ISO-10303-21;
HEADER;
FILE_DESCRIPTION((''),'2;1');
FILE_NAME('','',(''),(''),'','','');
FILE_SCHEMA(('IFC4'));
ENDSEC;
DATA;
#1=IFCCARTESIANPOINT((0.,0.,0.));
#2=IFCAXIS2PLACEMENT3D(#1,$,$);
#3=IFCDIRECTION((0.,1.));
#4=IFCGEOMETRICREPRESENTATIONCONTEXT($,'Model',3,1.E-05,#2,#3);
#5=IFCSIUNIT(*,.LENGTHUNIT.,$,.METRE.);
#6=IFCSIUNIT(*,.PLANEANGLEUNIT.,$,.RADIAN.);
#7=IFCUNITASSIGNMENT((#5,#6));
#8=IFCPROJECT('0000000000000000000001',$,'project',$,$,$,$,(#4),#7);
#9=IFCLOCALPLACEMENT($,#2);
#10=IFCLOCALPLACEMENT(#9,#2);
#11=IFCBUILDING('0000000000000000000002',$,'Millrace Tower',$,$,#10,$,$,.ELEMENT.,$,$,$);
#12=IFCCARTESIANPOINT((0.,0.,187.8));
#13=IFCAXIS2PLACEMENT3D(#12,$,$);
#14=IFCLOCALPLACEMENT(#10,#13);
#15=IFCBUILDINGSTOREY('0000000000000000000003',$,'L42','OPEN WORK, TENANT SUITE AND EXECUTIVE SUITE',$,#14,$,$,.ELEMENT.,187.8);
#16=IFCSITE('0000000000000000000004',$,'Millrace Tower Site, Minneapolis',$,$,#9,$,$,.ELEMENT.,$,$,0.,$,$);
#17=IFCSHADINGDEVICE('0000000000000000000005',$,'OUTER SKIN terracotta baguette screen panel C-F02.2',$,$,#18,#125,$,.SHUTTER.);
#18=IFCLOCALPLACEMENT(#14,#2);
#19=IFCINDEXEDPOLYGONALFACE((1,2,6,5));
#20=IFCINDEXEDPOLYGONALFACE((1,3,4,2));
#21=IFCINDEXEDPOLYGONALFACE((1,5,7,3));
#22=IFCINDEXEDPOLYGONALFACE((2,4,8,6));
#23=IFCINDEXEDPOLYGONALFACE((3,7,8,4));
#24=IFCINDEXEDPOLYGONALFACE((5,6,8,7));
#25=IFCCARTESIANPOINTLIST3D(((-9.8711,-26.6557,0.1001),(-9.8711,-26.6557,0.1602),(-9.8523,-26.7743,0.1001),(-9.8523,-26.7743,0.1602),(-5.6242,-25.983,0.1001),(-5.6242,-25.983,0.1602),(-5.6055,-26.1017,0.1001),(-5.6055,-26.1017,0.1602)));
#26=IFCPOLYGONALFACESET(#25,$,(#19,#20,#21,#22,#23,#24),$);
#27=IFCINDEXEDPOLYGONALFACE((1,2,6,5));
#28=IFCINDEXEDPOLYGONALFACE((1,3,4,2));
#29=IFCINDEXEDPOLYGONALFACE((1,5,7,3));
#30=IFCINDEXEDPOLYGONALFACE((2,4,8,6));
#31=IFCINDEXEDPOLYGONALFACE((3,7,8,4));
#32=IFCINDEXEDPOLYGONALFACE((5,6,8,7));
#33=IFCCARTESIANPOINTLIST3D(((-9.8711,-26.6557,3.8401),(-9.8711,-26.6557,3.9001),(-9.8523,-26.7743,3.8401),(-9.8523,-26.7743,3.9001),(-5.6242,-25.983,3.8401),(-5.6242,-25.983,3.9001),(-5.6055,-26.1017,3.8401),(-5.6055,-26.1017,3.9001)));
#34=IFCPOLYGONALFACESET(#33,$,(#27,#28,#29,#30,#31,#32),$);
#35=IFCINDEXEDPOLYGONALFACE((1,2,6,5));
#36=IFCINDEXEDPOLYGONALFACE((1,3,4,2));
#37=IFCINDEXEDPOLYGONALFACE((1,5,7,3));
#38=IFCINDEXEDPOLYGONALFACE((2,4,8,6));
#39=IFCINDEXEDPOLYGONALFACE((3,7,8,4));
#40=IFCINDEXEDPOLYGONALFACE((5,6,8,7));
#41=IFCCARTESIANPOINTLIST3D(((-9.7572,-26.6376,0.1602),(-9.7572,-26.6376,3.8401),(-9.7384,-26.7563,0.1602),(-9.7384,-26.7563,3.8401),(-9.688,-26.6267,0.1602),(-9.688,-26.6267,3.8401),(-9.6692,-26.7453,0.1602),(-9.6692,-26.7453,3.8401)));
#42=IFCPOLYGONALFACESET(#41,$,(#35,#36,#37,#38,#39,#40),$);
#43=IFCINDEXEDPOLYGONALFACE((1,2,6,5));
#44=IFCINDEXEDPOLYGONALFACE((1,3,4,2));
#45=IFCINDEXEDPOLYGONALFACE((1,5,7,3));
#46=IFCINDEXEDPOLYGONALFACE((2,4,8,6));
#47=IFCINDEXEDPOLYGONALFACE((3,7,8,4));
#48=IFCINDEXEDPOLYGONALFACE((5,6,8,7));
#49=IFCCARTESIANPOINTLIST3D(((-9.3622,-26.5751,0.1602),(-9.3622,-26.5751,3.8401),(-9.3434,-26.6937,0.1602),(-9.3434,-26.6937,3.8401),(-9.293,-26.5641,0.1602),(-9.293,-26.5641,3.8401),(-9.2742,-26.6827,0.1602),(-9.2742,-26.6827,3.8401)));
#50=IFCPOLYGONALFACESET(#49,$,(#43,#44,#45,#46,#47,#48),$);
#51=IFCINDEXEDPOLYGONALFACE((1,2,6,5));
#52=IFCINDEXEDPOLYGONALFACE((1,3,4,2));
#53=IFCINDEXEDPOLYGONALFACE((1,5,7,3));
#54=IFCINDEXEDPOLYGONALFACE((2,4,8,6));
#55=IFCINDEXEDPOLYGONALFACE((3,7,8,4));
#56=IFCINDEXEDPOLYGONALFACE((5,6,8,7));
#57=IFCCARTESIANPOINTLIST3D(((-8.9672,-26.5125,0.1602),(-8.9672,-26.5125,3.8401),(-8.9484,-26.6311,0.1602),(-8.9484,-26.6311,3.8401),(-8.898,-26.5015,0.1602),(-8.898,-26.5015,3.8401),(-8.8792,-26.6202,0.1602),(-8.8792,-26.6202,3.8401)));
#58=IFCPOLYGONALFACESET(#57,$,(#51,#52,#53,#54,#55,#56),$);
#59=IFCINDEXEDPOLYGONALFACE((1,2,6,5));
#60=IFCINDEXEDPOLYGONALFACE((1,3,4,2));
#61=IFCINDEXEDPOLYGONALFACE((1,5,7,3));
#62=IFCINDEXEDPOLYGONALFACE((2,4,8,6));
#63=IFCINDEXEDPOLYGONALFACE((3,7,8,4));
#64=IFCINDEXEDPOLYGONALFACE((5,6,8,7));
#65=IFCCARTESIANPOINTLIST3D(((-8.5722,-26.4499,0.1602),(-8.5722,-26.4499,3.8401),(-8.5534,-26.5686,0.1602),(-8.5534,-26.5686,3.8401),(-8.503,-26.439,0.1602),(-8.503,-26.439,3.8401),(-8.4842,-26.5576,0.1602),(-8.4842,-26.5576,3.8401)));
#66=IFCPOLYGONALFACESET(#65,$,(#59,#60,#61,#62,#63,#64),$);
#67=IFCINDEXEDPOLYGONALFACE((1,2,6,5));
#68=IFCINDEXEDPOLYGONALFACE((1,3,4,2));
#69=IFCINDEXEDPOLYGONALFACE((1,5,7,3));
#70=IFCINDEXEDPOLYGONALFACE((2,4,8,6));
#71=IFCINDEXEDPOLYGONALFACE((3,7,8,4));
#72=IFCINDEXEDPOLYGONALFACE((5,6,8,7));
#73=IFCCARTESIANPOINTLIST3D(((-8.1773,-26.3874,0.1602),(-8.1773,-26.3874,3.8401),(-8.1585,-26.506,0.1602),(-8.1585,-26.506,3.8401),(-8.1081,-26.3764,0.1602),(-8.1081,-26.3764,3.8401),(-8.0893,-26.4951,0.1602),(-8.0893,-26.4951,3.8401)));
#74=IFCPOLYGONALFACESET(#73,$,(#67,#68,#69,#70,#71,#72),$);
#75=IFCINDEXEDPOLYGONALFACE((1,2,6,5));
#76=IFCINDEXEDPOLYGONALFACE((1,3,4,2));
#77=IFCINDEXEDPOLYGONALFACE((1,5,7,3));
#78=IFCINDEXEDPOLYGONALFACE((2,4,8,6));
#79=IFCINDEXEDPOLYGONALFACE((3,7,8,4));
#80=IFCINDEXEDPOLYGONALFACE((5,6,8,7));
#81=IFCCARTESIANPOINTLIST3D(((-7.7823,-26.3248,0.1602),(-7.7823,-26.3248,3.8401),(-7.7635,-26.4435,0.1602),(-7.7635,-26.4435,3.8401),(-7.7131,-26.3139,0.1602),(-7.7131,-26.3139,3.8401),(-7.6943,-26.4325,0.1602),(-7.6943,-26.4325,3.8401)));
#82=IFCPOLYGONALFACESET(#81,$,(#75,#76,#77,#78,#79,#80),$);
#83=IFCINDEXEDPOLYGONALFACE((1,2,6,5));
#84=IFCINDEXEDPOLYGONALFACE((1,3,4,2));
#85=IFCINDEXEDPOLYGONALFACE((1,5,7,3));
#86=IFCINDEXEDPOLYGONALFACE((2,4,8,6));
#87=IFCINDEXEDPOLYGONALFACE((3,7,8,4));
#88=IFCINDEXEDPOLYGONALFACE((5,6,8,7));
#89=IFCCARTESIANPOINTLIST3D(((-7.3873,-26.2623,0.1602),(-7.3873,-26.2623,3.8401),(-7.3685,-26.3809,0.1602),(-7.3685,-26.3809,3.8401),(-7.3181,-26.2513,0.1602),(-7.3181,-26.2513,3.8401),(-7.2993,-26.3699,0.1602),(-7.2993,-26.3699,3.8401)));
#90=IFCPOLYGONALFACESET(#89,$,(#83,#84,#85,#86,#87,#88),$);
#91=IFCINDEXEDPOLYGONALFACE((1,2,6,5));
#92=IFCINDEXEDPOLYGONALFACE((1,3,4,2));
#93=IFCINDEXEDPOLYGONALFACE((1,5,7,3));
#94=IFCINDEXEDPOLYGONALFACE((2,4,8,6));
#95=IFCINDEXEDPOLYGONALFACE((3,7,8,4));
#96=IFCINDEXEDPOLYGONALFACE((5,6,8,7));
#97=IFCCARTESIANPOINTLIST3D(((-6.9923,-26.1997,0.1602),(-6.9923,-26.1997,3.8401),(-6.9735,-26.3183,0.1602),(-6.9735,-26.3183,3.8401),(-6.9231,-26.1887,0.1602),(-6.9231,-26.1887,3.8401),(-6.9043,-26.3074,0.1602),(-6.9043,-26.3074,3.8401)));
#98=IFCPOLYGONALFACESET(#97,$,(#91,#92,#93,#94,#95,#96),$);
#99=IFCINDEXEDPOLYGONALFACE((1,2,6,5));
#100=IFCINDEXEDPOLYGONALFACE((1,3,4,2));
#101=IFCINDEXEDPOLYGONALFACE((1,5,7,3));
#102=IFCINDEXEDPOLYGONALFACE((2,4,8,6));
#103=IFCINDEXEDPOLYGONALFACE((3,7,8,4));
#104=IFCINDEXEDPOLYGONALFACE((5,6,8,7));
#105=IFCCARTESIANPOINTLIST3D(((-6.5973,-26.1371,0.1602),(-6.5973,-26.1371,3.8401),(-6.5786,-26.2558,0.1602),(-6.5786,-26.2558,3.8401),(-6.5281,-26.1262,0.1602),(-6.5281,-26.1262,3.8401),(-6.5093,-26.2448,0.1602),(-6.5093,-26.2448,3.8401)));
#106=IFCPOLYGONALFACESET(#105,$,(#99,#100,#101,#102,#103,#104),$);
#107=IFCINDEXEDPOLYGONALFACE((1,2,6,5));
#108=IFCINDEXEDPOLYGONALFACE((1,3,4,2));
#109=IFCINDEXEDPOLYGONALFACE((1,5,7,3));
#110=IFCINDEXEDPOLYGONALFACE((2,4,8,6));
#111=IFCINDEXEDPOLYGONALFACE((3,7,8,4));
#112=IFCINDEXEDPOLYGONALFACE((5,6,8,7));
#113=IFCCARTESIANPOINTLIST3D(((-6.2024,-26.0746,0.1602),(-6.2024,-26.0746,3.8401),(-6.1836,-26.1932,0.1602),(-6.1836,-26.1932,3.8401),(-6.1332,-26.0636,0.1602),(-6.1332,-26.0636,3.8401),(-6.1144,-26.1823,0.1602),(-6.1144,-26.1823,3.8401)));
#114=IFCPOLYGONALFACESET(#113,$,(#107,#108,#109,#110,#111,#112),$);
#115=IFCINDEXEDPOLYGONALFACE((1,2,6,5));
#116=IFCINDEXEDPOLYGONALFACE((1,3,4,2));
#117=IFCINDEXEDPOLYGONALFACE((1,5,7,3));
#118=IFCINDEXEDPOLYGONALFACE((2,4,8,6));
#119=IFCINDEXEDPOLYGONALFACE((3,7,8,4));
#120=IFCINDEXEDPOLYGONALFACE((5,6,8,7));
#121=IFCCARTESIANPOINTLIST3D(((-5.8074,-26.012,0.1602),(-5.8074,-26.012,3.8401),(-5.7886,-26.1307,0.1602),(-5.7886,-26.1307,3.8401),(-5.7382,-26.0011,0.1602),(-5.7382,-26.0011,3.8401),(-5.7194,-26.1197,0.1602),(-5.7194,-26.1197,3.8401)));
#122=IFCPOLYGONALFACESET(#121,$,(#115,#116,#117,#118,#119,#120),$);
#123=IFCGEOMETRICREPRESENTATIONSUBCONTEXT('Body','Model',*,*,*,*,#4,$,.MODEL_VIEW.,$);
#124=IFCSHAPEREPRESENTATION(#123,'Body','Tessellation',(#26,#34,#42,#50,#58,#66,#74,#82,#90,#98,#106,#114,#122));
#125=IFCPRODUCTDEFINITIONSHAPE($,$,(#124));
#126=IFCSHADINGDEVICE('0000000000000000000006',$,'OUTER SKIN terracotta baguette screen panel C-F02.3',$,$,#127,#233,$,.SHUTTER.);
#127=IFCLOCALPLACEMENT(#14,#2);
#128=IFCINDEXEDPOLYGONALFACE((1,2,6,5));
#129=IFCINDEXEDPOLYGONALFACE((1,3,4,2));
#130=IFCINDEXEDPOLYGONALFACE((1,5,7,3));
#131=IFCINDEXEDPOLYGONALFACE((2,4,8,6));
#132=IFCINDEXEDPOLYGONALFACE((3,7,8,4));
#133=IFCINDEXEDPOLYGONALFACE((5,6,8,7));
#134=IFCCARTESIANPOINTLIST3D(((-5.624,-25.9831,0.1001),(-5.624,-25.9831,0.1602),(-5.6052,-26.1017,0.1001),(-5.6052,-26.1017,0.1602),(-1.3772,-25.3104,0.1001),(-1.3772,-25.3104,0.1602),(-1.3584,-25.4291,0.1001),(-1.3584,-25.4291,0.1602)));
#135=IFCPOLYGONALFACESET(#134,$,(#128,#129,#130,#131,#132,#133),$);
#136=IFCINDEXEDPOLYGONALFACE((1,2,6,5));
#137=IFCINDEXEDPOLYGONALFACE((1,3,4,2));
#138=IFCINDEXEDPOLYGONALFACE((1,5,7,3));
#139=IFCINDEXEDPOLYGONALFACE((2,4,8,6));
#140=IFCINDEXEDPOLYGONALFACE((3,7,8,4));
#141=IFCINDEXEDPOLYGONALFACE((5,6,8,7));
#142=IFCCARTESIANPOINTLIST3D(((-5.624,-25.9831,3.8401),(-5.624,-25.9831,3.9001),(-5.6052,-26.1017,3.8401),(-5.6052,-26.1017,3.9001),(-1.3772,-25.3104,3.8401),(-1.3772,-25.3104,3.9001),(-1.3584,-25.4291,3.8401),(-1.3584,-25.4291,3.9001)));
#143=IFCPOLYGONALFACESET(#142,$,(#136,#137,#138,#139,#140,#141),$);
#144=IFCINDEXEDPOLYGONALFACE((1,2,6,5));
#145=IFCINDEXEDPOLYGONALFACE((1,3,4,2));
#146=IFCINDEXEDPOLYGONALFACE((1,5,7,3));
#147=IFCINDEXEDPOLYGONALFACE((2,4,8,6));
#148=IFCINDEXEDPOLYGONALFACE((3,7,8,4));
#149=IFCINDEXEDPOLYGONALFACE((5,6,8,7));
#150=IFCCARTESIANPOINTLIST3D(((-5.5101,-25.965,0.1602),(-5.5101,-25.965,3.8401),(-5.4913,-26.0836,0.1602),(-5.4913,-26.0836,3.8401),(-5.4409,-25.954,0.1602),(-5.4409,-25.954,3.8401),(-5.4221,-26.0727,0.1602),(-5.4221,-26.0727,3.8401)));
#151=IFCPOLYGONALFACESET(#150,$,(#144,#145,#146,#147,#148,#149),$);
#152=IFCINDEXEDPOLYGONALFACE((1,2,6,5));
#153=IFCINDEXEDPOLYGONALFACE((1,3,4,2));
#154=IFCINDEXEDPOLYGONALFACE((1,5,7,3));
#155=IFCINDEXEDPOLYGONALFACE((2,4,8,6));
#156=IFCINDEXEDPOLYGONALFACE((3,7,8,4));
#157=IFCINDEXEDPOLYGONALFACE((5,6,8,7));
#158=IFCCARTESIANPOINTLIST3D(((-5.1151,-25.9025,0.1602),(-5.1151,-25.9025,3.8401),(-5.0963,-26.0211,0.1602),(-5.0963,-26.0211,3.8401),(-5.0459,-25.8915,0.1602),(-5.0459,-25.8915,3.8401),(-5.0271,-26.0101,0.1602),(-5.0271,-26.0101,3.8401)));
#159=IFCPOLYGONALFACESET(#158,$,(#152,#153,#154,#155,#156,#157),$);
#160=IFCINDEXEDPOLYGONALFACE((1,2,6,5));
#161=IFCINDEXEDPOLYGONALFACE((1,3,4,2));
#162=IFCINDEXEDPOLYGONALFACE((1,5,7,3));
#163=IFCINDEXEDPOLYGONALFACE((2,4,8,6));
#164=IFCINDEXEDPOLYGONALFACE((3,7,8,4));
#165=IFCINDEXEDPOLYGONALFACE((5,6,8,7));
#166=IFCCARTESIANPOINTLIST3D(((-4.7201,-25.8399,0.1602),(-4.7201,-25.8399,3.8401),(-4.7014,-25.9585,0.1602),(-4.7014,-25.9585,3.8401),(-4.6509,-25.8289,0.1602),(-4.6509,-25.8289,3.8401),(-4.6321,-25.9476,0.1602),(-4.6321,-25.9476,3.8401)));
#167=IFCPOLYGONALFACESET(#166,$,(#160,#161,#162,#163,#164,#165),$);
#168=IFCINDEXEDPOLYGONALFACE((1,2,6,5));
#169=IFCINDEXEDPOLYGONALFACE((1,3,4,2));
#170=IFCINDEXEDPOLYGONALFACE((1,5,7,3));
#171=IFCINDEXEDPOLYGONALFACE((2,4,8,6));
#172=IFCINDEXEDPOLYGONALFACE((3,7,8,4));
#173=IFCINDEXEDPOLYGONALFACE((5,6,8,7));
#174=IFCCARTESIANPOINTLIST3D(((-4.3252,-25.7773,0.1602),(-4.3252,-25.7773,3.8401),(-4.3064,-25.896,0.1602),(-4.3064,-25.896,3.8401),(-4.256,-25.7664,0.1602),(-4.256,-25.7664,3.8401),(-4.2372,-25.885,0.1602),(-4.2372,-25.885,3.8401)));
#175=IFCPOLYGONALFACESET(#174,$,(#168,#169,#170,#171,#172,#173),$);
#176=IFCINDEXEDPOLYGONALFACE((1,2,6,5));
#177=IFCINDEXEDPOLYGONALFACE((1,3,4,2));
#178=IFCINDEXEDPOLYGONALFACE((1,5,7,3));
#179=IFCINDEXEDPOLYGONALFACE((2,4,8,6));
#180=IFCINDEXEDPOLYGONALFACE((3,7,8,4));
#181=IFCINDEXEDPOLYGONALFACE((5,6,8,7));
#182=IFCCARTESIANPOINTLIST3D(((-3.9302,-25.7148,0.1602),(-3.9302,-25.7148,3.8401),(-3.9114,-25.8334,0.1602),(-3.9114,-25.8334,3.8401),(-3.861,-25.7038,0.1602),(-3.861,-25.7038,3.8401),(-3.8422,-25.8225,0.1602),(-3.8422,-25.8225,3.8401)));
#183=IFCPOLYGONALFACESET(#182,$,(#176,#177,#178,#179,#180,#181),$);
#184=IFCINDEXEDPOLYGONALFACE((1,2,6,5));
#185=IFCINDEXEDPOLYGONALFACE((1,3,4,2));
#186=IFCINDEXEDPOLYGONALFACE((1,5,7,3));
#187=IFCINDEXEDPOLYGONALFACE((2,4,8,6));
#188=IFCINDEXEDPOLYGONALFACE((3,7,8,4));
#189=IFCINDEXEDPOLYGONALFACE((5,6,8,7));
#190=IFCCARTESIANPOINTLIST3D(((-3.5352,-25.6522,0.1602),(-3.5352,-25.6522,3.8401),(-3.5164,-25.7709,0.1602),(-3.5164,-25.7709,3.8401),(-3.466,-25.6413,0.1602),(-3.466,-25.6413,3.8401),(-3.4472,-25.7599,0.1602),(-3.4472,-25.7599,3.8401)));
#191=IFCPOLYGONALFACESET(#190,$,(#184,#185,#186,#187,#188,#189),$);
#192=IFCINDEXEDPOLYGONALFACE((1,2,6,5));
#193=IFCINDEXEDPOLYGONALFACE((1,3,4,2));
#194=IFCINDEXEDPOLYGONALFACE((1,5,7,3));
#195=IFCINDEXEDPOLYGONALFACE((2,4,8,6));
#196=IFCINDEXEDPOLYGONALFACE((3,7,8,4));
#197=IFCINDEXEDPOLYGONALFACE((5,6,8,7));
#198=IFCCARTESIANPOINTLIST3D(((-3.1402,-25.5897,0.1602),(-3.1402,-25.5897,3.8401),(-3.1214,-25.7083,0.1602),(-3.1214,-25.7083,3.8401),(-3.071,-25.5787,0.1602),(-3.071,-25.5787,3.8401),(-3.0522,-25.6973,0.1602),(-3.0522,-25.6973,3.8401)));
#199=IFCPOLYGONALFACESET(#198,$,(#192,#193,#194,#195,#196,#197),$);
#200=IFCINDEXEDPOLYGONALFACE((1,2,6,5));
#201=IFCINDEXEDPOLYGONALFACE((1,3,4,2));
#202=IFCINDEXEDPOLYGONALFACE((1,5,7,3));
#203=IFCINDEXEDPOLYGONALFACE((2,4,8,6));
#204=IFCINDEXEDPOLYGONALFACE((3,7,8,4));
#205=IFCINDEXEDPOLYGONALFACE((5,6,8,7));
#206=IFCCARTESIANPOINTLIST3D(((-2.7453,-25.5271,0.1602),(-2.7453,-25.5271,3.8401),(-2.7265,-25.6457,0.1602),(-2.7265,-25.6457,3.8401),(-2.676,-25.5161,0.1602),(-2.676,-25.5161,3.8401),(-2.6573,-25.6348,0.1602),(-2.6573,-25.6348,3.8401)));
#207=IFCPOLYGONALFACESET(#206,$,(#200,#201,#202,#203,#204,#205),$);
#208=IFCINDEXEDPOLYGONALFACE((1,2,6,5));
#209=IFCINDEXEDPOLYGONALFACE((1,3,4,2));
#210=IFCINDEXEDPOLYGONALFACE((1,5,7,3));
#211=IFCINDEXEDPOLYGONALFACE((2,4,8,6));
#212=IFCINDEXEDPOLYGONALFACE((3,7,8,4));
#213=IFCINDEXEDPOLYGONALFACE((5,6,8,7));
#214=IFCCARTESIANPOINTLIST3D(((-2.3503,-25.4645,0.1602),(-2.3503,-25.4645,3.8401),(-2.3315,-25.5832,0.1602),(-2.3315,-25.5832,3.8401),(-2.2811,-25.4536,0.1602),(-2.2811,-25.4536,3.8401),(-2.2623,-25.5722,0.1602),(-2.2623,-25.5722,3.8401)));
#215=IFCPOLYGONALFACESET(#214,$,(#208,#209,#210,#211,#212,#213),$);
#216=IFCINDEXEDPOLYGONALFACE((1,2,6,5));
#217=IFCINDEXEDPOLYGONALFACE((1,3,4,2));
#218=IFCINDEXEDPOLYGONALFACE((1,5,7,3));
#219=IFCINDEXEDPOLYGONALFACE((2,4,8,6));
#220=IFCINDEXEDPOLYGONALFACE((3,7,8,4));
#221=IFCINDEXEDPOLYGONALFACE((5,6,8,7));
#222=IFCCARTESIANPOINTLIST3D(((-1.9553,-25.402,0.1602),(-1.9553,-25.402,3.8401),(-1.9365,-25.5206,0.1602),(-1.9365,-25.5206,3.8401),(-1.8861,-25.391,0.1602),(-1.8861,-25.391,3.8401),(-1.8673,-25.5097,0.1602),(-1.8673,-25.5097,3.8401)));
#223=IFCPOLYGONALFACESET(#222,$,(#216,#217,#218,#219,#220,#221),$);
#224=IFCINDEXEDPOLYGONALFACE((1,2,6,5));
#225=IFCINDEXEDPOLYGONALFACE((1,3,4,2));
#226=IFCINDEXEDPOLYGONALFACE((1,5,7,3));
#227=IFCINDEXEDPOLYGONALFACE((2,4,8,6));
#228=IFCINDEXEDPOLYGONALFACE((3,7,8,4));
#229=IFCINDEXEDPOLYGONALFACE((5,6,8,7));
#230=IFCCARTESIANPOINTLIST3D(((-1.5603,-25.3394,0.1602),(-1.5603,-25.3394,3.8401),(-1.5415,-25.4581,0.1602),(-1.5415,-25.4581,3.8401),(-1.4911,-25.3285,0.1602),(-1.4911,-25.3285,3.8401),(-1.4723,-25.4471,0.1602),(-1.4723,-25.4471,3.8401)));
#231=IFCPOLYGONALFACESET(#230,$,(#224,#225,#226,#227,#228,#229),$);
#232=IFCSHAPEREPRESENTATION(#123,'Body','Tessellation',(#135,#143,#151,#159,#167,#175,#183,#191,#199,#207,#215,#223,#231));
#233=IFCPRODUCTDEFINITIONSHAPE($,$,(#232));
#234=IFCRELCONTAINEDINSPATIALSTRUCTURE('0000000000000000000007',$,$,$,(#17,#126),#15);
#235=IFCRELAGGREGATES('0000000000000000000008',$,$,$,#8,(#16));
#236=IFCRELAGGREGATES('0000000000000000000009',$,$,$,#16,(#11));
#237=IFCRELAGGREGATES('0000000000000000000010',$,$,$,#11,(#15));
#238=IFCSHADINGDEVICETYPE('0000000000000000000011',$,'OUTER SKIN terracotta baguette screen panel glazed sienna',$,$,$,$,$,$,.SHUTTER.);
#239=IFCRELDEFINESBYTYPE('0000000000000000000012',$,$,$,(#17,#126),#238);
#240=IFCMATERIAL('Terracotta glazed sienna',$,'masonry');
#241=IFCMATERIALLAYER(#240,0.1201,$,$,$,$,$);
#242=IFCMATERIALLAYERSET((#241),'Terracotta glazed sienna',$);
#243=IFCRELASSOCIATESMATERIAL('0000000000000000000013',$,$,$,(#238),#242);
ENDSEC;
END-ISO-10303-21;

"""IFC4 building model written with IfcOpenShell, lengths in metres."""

from ifc_helpers import new_model, entity, si_unit, direction, frame, frame_2d, origin, origin_2d, place, context, subcontext, project, spatial, rectangle, extrude, source, transform, mapped, material, layer, layer_set, type_object, element, save


model = new_model("IFC4")

# Units and contexts
model_context = context("Model", 3, precision=1e-05, world=origin(), true_north=direction((0.0, 1.0)))
body_context = subcontext(model_context, "Body", "Model", "MODEL_VIEW")
ifc_project = project(units=[si_unit("LENGTHUNIT", "METRE"), si_unit("PLANEANGLEUNIT", "RADIAN")], contexts=[model_context])

# Site, building, storey
site_placement = place(None, origin())
site = spatial("IfcSite", under=ifc_project, at=site_placement, Name="Millrace Tower Site, Minneapolis", CompositionType="ELEMENT", RefElevation=0.0)
building_placement = place(site_placement, origin())
building = spatial("IfcBuilding", under=site, at=building_placement, Name="Millrace Tower", CompositionType="ELEMENT")
storey_placement = place(building_placement, frame((0.0, 0.0, 187.8)))
storey = spatial("IfcBuildingStorey", under=building, at=storey_placement, Name="L42", Description="OPEN WORK, TENANT SUITE AND EXECUTIVE SUITE", CompositionType="ELEMENT", Elevation=187.8)

# Shading devices
ifc_material_1 = material(Name="Terracotta glazed sienna", Category="masonry")
ifc_layer_1 = layer(ifc_material_1, 0.1201)
ifc_layer_set_1 = layer_set([ifc_layer_1], Name="Terracotta glazed sienna")
shading_device_type = type_object("IfcShadingDeviceType", Name="OUTER SKIN terracotta baguette screen panel glazed sienna", PredefinedType="SHUTTER", material=ifc_layer_set_1)
cartesian_point_1 = entity("IfcCartesianPoint", [-2.1499, 0.0601])
shared_polyline_1 = entity("IfcPolyline", [cartesian_point_1, entity("IfcCartesianPoint", [2.1499, 0.0601]), entity("IfcCartesianPoint", [2.1499, -0.0601]), entity("IfcCartesianPoint", [-2.1499, -0.0601]), cartesian_point_1])
shared_shape_1 = source(origin(), body_context, "Body", "SweptSolid", [
    entity("IfcExtrudedAreaSolid", entity("IfcArbitraryClosedProfileDef", "AREA", None, shared_polyline_1), entity("IfcAxis2Placement3D", entity("IfcCartesianPoint", [0.0, 0.0, 0.0])), entity("IfcDirection", [0.0, 0.0, 1.0]), 0.0601),
    entity("IfcExtrudedAreaSolid", entity("IfcArbitraryClosedProfileDef", "AREA", None, shared_polyline_1), entity("IfcAxis2Placement3D", entity("IfcCartesianPoint", [0.0, 0.0, 3.74])), entity("IfcDirection", [0.0, 0.0, 1.0]), 0.0601),
    extrude(rectangle(XDim=0.0701, YDim=0.1201, at=frame_2d((-1.9995, 0.0))), frame((0.0, 0.0, 0.0601)), (0.0, 0.0, 1.0), 3.6799),
    extrude(rectangle(XDim=0.0701, YDim=0.1201, at=frame_2d((-1.5996, 0.0))), frame((0.0, 0.0, 0.0601)), (0.0, 0.0, 1.0), 3.6799),
    extrude(rectangle(XDim=0.0701, YDim=0.1201, at=frame_2d((-1.1997, 0.0))), frame((0.0, 0.0, 0.0601)), (0.0, 0.0, 1.0), 3.6799),
    extrude(rectangle(XDim=0.0701, YDim=0.1201, at=frame_2d((-0.7998, 0.0))), frame((0.0, 0.0, 0.0601)), (0.0, 0.0, 1.0), 3.6799),
    extrude(rectangle(XDim=0.0701, YDim=0.1201, at=frame_2d((-0.3999, 0.0))), frame((0.0, 0.0, 0.0601)), (0.0, 0.0, 1.0), 3.6799),
    extrude(rectangle(XDim=0.0701, YDim=0.1201, at=origin_2d()), frame((0.0, 0.0, 0.0601)), (0.0, 0.0, 1.0), 3.6799),
    extrude(rectangle(XDim=0.0701, YDim=0.1201, at=frame_2d((0.3999, 0.0))), frame((0.0, 0.0, 0.0601)), (0.0, 0.0, 1.0), 3.6799),
    extrude(rectangle(XDim=0.0701, YDim=0.1201, at=frame_2d((0.7998, 0.0))), frame((0.0, 0.0, 0.0601)), (0.0, 0.0, 1.0), 3.6799),
    extrude(rectangle(XDim=0.0701, YDim=0.1201, at=frame_2d((1.1997, 0.0))), frame((0.0, 0.0, 0.0601)), (0.0, 0.0, 1.0), 3.6799),
    extrude(rectangle(XDim=0.0701, YDim=0.1201, at=frame_2d((1.5996, 0.0))), frame((0.0, 0.0, 0.0601)), (0.0, 0.0, 1.0), 3.6799),
    extrude(rectangle(XDim=0.0701, YDim=0.1201, at=frame_2d((1.9995, 0.0))), frame((0.0, 0.0, 0.0601)), (0.0, 0.0, 1.0), 3.6799),
])
for number, where, z_axis, x_axis, name in (
    (1, (-7.7383, -26.3787, 0.1001), (0.0, 0.0, 1.0), (0.987688, 0.156434, 0.0), "OUTER SKIN terracotta baguette screen panel C-F02.2"),
    (2, (-3.4912, -25.7061, 0.1001), (0.0, 0.0, 1.0), (0.987688, 0.156434, 0.0), "OUTER SKIN terracotta baguette screen panel C-F02.3"),
):
    element("IfcShadingDevice", number, at=place(storey_placement, frame(where, z_axis=z_axis, x_axis=x_axis)), inside=storey, type_object=shading_device_type, Name=name, PredefinedType="SHUTTER", context=body_context, shape_type="MappedRepresentation", body=[
        mapped(shared_shape_1, transform((0.0, 0.0, 0.0), scale=1.0)),
    ])

save(model, "model.ifc")
